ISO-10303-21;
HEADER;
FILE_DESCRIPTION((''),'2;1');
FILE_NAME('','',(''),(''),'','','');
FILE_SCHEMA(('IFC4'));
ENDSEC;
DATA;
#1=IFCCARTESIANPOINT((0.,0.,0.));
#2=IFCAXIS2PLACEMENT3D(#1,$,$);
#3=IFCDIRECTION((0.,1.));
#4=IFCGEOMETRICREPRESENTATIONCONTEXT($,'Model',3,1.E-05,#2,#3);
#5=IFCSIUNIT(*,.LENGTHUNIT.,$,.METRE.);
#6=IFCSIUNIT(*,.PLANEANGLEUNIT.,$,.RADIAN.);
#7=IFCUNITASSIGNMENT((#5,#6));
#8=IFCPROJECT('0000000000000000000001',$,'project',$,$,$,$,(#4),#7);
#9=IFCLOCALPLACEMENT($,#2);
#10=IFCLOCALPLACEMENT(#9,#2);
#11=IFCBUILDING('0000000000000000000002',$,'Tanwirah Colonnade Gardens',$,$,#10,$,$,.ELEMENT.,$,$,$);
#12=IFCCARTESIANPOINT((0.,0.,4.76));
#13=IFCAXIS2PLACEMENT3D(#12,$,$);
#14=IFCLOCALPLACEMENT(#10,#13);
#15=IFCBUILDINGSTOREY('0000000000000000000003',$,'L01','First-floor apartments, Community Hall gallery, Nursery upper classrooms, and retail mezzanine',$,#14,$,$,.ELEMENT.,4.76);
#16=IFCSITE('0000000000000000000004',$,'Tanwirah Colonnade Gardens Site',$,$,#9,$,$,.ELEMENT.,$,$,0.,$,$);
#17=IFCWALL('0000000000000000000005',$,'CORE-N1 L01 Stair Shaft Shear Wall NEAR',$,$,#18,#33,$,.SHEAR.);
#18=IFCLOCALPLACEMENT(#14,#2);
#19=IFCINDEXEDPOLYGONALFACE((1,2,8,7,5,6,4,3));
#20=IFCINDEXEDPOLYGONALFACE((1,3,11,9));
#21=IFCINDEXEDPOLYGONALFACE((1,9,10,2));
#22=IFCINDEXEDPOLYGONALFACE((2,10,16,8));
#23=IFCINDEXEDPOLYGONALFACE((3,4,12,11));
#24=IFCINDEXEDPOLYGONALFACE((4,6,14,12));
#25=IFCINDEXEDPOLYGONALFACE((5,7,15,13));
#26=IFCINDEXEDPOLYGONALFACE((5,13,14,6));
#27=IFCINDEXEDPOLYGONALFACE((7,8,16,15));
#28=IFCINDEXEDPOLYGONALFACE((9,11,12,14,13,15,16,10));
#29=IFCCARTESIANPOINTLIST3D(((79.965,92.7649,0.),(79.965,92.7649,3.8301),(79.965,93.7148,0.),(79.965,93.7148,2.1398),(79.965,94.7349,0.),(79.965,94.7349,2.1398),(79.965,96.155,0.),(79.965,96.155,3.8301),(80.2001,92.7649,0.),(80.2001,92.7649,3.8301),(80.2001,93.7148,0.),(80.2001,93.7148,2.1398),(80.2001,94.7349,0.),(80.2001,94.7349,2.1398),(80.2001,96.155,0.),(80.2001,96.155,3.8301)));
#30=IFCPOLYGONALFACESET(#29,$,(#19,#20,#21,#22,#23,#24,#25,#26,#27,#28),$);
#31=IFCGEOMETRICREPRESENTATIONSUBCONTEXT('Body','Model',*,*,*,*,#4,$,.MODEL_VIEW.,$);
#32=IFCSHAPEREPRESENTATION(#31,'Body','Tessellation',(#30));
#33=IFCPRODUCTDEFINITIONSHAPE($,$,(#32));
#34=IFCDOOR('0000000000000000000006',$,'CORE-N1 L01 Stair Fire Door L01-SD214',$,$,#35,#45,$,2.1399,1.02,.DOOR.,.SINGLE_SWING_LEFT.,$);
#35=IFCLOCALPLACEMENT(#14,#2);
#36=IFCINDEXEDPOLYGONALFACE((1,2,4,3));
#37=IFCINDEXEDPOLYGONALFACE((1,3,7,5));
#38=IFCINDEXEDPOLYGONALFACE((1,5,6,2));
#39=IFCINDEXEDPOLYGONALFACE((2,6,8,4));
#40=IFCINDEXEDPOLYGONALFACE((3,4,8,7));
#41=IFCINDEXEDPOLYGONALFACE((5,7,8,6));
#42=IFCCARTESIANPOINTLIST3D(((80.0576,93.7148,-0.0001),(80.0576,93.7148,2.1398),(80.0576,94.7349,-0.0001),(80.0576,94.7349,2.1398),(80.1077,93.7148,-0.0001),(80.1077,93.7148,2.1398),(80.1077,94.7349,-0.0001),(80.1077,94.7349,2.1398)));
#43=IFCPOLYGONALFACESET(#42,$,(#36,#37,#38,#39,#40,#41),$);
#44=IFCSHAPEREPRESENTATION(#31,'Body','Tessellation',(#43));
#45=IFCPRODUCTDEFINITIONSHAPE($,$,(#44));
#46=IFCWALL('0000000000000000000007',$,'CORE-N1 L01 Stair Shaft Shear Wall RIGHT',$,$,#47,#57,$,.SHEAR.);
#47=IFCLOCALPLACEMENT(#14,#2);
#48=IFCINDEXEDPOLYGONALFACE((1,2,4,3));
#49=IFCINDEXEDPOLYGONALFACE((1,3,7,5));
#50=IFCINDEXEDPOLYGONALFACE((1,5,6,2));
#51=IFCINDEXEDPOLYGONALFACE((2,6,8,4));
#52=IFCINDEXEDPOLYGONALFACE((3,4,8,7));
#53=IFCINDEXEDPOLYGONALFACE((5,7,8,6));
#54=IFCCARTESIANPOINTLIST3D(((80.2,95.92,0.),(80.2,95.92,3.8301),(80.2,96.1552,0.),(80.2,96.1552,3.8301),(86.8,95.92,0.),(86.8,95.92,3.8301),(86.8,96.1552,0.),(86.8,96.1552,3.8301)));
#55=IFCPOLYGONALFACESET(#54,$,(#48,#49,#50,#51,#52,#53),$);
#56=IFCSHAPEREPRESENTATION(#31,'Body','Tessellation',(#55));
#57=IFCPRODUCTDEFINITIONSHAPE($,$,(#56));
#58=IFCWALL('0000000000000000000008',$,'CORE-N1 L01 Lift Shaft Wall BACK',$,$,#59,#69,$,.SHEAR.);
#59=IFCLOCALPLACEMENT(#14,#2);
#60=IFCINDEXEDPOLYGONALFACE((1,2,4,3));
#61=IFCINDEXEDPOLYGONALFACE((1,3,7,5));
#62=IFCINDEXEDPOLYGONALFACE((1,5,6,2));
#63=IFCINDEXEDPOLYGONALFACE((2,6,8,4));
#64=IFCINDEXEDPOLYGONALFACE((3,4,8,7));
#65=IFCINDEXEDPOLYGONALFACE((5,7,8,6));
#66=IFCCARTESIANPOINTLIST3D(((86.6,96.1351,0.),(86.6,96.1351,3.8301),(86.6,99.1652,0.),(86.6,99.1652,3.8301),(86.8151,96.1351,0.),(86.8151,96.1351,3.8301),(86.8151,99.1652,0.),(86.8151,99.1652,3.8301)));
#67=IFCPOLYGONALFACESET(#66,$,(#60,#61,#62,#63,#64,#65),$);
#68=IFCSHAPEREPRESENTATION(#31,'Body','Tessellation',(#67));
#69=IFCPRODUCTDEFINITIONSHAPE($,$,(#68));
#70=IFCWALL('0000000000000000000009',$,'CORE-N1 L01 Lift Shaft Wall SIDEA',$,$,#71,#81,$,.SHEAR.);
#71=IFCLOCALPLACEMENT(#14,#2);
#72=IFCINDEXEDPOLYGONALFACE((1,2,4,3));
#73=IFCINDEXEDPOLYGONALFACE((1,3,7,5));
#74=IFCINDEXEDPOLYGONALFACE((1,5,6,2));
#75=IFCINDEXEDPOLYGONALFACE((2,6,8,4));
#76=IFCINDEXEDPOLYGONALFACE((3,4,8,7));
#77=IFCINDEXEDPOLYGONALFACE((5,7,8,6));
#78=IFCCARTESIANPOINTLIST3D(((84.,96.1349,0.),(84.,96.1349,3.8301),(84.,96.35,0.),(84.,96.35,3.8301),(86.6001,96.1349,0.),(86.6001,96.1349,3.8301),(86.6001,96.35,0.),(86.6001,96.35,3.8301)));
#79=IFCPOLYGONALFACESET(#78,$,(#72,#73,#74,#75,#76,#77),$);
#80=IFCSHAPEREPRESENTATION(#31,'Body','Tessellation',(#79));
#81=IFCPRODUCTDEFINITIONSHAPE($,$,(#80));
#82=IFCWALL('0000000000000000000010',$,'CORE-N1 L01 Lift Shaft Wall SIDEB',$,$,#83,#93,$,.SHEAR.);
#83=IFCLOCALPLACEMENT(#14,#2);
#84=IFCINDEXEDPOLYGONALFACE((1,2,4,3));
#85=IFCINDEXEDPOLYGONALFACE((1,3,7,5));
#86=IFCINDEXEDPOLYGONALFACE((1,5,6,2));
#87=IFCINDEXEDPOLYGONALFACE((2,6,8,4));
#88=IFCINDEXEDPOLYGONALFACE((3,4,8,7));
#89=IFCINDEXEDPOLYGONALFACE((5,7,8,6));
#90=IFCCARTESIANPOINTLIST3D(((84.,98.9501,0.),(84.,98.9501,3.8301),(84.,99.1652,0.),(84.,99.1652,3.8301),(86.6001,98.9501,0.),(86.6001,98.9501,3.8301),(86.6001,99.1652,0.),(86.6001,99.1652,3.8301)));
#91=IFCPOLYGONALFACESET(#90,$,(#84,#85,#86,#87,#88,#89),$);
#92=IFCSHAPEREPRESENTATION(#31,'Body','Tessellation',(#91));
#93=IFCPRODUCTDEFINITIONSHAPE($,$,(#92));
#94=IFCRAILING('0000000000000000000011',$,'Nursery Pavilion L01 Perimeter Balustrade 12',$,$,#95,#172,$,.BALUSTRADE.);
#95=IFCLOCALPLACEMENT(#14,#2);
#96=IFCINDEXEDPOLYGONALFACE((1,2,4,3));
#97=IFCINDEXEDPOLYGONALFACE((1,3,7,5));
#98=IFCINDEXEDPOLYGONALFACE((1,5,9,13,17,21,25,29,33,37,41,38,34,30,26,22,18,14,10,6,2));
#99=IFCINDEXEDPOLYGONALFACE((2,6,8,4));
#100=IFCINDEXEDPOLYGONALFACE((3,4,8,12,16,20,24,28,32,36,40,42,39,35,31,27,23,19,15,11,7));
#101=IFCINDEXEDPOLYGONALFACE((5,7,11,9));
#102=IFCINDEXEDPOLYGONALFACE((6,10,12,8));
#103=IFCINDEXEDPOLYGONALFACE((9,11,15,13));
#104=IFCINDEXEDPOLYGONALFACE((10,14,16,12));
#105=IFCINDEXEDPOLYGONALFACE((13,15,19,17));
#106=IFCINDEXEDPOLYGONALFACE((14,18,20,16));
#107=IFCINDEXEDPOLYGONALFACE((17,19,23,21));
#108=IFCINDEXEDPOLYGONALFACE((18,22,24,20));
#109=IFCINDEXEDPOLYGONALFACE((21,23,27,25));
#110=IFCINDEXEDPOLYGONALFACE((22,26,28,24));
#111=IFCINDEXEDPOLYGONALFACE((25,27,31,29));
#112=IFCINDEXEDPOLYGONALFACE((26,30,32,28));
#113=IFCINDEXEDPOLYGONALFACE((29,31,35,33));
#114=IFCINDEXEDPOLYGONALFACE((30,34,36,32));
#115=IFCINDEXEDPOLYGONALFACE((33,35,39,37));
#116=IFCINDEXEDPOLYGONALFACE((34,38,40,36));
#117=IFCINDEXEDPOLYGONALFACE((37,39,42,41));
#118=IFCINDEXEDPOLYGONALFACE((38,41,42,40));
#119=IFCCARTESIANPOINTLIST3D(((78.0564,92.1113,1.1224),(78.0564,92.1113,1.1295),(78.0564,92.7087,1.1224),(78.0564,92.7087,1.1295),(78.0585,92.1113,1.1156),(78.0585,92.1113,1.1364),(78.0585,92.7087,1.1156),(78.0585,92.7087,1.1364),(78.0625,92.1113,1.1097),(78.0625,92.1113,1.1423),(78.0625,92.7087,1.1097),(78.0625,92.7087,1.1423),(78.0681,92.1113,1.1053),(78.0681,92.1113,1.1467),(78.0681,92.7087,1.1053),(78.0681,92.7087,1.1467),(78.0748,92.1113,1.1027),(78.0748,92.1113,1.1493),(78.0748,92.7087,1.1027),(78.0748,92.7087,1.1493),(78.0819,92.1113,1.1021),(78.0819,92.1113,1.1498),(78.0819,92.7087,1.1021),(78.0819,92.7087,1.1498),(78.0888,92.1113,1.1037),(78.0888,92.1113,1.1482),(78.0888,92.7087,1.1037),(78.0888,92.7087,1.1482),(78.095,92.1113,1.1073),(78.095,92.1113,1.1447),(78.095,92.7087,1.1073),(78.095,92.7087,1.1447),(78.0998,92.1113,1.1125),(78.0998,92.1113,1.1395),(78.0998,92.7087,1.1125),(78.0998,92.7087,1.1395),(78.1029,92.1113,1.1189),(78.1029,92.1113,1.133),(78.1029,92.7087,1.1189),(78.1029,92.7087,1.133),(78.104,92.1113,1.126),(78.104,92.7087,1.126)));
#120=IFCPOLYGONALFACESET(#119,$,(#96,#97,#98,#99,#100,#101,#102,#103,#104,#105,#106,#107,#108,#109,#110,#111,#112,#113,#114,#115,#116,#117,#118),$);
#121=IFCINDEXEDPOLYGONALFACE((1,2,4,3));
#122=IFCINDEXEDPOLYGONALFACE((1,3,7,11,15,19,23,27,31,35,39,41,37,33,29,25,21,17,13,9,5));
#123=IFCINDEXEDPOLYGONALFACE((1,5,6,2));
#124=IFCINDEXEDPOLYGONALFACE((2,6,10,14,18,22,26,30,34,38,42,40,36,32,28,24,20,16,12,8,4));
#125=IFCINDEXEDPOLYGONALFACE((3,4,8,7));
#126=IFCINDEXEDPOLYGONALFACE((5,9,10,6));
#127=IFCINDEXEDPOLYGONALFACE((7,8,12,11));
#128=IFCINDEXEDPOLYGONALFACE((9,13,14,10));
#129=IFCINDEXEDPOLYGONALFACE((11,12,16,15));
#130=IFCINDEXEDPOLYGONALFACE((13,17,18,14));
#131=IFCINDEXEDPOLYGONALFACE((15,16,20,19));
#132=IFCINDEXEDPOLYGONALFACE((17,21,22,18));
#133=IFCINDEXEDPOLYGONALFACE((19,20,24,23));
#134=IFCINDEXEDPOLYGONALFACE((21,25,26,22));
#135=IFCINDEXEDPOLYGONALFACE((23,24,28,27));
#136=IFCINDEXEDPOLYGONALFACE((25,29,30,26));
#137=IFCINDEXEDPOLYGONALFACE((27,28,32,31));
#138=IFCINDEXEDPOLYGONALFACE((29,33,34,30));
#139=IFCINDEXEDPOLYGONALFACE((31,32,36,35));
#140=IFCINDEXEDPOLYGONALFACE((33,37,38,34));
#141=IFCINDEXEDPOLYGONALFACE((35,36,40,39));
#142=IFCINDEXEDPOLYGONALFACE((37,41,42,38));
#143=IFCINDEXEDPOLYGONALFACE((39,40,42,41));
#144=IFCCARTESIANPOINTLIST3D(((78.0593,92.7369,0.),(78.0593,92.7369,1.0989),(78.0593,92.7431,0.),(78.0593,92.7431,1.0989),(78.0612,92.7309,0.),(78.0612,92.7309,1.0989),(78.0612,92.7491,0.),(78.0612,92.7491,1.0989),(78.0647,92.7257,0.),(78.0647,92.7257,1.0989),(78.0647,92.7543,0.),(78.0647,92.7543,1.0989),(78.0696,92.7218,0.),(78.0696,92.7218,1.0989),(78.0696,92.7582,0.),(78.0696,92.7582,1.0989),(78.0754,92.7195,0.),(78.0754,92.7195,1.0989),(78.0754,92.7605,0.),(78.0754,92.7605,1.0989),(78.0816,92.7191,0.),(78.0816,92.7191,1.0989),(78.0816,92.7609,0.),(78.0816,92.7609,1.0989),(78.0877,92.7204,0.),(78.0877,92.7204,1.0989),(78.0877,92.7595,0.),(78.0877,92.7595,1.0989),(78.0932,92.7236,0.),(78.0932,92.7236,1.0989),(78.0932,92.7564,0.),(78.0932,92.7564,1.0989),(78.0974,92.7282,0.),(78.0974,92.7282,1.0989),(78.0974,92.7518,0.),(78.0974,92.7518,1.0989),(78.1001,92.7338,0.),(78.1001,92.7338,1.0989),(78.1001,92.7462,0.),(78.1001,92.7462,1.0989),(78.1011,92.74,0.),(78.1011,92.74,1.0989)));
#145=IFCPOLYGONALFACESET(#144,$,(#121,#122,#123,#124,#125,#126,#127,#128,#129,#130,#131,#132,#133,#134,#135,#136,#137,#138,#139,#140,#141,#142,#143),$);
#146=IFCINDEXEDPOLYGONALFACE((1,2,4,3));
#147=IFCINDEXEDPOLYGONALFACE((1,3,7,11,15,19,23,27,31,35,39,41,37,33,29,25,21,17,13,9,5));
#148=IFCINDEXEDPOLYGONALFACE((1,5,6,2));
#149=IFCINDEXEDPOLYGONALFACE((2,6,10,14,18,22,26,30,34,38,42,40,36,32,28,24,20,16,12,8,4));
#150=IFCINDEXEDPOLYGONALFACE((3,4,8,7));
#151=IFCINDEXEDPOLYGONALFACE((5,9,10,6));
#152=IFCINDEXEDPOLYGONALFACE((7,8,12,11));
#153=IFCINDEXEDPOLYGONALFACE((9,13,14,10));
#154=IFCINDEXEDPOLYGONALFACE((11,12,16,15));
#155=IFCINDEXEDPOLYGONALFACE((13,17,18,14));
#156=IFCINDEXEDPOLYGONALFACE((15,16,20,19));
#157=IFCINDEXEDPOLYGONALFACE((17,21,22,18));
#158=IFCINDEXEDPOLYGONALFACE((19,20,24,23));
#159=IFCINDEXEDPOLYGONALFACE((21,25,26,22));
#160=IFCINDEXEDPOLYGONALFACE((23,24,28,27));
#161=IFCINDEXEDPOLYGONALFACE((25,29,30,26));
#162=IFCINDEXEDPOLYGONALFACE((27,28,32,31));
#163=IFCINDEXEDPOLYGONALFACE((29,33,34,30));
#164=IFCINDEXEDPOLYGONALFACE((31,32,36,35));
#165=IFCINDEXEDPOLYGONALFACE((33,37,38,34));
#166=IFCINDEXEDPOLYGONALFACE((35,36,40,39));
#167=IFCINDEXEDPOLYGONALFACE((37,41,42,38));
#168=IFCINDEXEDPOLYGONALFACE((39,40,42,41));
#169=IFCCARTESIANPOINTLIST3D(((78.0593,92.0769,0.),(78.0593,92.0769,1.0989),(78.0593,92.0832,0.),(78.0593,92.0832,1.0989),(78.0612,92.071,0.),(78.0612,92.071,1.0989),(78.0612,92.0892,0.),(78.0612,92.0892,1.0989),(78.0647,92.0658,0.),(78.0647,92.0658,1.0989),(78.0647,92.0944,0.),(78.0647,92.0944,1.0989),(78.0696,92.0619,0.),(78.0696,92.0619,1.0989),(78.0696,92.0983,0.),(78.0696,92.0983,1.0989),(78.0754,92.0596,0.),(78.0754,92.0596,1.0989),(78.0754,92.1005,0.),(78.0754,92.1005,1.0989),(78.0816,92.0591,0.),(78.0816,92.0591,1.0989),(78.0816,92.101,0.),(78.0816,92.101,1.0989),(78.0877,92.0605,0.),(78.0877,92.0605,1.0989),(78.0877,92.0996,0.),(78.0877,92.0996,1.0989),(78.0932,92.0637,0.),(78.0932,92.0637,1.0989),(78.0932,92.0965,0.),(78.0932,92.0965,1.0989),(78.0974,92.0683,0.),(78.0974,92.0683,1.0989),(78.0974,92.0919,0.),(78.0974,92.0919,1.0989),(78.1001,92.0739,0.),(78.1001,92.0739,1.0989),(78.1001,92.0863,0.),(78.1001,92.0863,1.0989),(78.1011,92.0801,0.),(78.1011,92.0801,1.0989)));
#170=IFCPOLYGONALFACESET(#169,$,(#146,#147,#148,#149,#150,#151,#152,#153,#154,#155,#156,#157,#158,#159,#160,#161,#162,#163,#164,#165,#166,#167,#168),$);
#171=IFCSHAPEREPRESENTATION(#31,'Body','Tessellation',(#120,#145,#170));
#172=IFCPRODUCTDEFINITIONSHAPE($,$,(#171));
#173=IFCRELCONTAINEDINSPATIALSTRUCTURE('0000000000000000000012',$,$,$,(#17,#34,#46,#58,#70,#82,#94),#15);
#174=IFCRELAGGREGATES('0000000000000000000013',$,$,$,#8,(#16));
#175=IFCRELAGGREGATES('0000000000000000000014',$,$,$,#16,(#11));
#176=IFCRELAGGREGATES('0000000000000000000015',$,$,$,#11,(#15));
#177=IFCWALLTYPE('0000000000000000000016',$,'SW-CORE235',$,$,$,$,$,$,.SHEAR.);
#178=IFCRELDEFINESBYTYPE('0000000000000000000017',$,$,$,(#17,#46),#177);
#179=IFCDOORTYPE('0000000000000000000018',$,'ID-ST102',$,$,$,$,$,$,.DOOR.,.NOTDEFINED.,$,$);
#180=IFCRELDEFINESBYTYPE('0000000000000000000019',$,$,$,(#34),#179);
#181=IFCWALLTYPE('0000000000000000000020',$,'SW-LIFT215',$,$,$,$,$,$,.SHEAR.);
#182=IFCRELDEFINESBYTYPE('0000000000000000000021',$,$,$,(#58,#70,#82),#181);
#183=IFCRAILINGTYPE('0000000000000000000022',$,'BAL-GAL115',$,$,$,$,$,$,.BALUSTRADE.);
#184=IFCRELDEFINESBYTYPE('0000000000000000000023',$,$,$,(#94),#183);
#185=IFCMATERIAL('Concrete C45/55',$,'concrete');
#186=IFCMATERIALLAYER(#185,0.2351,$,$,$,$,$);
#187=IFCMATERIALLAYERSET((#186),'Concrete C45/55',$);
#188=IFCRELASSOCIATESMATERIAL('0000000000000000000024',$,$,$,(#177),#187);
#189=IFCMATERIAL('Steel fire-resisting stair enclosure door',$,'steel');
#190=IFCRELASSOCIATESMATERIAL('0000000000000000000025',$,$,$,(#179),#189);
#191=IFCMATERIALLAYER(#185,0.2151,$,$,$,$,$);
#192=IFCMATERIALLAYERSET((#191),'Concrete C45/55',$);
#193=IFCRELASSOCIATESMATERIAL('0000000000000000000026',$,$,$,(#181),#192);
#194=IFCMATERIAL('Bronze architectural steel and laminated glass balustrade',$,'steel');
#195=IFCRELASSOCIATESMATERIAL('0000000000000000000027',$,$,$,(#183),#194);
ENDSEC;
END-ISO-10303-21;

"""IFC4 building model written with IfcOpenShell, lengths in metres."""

from ifc_helpers import new_model, si_unit, direction, frame, frame_2d, origin, origin_2d, place, context, subcontext, project, spatial, rectangle, circle, extrude, material, layer, layer_set, type_object, element, fill, save


model = new_model("IFC4")

# Units and contexts
model_context = context("Model", 3, precision=1e-05, world=origin(), true_north=direction((0.0, 1.0)))
body_context = subcontext(model_context, "Body", "Model", "MODEL_VIEW")
ifc_project = project(units=[si_unit("LENGTHUNIT", "METRE"), si_unit("PLANEANGLEUNIT", "RADIAN")], contexts=[model_context])

# Site, building, storey
site_placement = place(None, origin())
site = spatial("IfcSite", under=ifc_project, at=site_placement, Name="Tanwirah Colonnade Gardens Site", CompositionType="ELEMENT", RefElevation=0.0)
building_placement = place(site_placement, origin())
building = spatial("IfcBuilding", under=site, at=building_placement, Name="Tanwirah Colonnade Gardens", CompositionType="ELEMENT")
storey_placement = place(building_placement, frame((0.0, 0.0, 4.76)))
storey = spatial("IfcBuildingStorey", under=building, at=storey_placement, Name="L01", Description="First-floor apartments, Community Hall gallery, Nursery upper classrooms, and retail mezzanine", CompositionType="ELEMENT", Elevation=4.76)

# Shared definitions
ifc_material_1 = material(Name="Concrete C45/55", Category="concrete")
ifc_layer_1 = layer(ifc_material_1, 0.2351)
ifc_layer_set_1 = layer_set([ifc_layer_1], Name="Concrete C45/55")
wall_type_1 = type_object("IfcWallType", Name="SW-CORE235", PredefinedType="SHEAR", material=ifc_layer_set_1)

# Wall, opening, door
wall_1_placement = place(storey_placement, frame((80.0825, 92.7649, 0.0), z_axis=(0.0, 0.0, 1.0), x_axis=(0.0, 1.0, 0.0)))
wall_1 = element("IfcWall", 1, at=wall_1_placement, inside=storey, type_object=wall_type_1, Name="CORE-N1 L01 Stair Shaft Shear Wall NEAR", PredefinedType="SHEAR", context=body_context, shape_type="SweptSolid", body=[
    extrude(rectangle(XDim=3.3901, YDim=0.2351, at=frame_2d((1.6951, 0.0))), origin(), (0.0, 0.0, 1.0), 3.8301),
])
opening_1_placement = place(wall_1_placement, frame((0.95, 0.0, 0.0)))
opening_1 = element("IfcOpeningElement", 2, at=opening_1_placement, cuts=wall_1, PredefinedType="OPENING", context=body_context, shape_type="SweptSolid", body=[
    extrude(rectangle(XDim=1.02, YDim=2.1399, at=frame_2d((0.51, 1.0698))), frame((0.0, 0.1274, 0.0), z_axis=(0.0, -1.0, 0.0), x_axis=(1.0, 0.0, 0.0)), (0.0, 0.0, 1.0), 0.2551),
])
ifc_material_2 = material(Name="Steel fire-resisting stair enclosure door", Category="steel")
door_type_1 = type_object("IfcDoorType", Name="ID-ST102", OperationType="NOTDEFINED", PredefinedType="DOOR", material=ifc_material_2)
door_1_placement = place(opening_1_placement, origin())
door_1 = element("IfcDoor", 3, at=door_1_placement, inside=storey, type_object=door_type_1, Name="CORE-N1 L01 Stair Fire Door L01-SD214", OperationType="SINGLE_SWING_LEFT", OverallHeight=2.1399, OverallWidth=1.02, PredefinedType="DOOR", context=body_context, shape_type="SweptSolid", body=[
    extrude(rectangle(XDim=1.02, YDim=2.1399, at=frame_2d((0.51, 1.0698))), frame((0.0, 0.0249, 0.0), z_axis=(0.0, -1.0, 0.0), x_axis=(1.0, 0.0, 0.0)), (0.0, 0.0, 1.0), 0.05),
])
fill(opening_1, door_1)

# Wall
wall_2_placement = place(storey_placement, frame((80.2, 96.0376, 0.0), z_axis=(0.0, 0.0, 1.0), x_axis=(1.0, 0.0, 0.0)))
element("IfcWall", 4, at=wall_2_placement, inside=storey, type_object=wall_type_1, Name="CORE-N1 L01 Stair Shaft Shear Wall RIGHT", PredefinedType="SHEAR", context=body_context, shape_type="SweptSolid", body=[
    extrude(rectangle(XDim=6.6001, YDim=0.2351, at=frame_2d((3.3, 0.0))), origin(), (0.0, 0.0, 1.0), 3.8301),
])

# Shared definitions
ifc_layer_2 = layer(ifc_material_1, 0.2151)
ifc_layer_set_2 = layer_set([ifc_layer_2], Name="Concrete C45/55")
wall_type_2 = type_object("IfcWallType", Name="SW-LIFT215", PredefinedType="SHEAR", material=ifc_layer_set_2)

# Walls
wall_3_placement = place(storey_placement, frame((86.7075, 96.135, 0.0), z_axis=(0.0, 0.0, 1.0), x_axis=(0.0, 1.0, 0.0)))
element("IfcWall", 5, at=wall_3_placement, inside=storey, type_object=wall_type_2, Name="CORE-N1 L01 Lift Shaft Wall BACK", PredefinedType="SHEAR", context=body_context, shape_type="SweptSolid", body=[
    extrude(rectangle(XDim=3.03, YDim=0.2151, at=frame_2d((1.5151, 0.0))), origin(), (0.0, 0.0, 1.0), 3.8301),
])
for number, where, z_axis, x_axis, name in (
    (6, (84.0, 96.2424, 0.0), (0.0, 0.0, 1.0), (1.0, 0.0, 0.0), "CORE-N1 L01 Lift Shaft Wall SIDEA"),
    (7, (84.0, 99.0576, 0.0), (0.0, 0.0, 1.0), (1.0, 0.0, 0.0), "CORE-N1 L01 Lift Shaft Wall SIDEB"),
):
    element("IfcWall", number, at=place(storey_placement, frame(where, z_axis=z_axis, x_axis=x_axis)), inside=storey, type_object=wall_type_2, Name=name, PredefinedType="SHEAR", context=body_context, shape_type="SweptSolid", body=[
        extrude(rectangle(XDim=2.6001, YDim=0.2151, at=frame_2d((1.3, 0.0))), origin(), (0.0, 0.0, 1.0), 3.8301),
    ])

# Railing
ifc_material_3 = material(Name="Bronze architectural steel and laminated glass balustrade", Category="steel")
railing_type_1 = type_object("IfcRailingType", Name="BAL-GAL115", PredefinedType="BALUSTRADE", material=ifc_material_3)
railing_1_placement = place(storey_placement, frame((78.0801, 92.74, 0.0)))
element("IfcRailing", 8, at=railing_1_placement, inside=storey, type_object=railing_type_1, Name="Nursery Pavilion L01 Perimeter Balustrade 12", PredefinedType="BALUSTRADE", context=body_context, shape_type="SweptSolid", body=[
    extrude(circle(Radius=0.0239, at=origin_2d()), frame((0.0, -0.0312, 1.126), z_axis=(0.0, -1.0, 0.0), x_axis=(1.0, 0.0, 0.0)), (0.0, 0.0, 1.0), 0.5974),
    extrude(circle(Radius=0.021, at=origin_2d()), origin(), (0.0, 0.0, 1.0), 1.0989),
    extrude(circle(Radius=0.021, at=origin_2d()), frame((0.0, -0.6599, 0.0)), (0.0, 0.0, 1.0), 1.0989),
])

save(model, "model.ifc")
